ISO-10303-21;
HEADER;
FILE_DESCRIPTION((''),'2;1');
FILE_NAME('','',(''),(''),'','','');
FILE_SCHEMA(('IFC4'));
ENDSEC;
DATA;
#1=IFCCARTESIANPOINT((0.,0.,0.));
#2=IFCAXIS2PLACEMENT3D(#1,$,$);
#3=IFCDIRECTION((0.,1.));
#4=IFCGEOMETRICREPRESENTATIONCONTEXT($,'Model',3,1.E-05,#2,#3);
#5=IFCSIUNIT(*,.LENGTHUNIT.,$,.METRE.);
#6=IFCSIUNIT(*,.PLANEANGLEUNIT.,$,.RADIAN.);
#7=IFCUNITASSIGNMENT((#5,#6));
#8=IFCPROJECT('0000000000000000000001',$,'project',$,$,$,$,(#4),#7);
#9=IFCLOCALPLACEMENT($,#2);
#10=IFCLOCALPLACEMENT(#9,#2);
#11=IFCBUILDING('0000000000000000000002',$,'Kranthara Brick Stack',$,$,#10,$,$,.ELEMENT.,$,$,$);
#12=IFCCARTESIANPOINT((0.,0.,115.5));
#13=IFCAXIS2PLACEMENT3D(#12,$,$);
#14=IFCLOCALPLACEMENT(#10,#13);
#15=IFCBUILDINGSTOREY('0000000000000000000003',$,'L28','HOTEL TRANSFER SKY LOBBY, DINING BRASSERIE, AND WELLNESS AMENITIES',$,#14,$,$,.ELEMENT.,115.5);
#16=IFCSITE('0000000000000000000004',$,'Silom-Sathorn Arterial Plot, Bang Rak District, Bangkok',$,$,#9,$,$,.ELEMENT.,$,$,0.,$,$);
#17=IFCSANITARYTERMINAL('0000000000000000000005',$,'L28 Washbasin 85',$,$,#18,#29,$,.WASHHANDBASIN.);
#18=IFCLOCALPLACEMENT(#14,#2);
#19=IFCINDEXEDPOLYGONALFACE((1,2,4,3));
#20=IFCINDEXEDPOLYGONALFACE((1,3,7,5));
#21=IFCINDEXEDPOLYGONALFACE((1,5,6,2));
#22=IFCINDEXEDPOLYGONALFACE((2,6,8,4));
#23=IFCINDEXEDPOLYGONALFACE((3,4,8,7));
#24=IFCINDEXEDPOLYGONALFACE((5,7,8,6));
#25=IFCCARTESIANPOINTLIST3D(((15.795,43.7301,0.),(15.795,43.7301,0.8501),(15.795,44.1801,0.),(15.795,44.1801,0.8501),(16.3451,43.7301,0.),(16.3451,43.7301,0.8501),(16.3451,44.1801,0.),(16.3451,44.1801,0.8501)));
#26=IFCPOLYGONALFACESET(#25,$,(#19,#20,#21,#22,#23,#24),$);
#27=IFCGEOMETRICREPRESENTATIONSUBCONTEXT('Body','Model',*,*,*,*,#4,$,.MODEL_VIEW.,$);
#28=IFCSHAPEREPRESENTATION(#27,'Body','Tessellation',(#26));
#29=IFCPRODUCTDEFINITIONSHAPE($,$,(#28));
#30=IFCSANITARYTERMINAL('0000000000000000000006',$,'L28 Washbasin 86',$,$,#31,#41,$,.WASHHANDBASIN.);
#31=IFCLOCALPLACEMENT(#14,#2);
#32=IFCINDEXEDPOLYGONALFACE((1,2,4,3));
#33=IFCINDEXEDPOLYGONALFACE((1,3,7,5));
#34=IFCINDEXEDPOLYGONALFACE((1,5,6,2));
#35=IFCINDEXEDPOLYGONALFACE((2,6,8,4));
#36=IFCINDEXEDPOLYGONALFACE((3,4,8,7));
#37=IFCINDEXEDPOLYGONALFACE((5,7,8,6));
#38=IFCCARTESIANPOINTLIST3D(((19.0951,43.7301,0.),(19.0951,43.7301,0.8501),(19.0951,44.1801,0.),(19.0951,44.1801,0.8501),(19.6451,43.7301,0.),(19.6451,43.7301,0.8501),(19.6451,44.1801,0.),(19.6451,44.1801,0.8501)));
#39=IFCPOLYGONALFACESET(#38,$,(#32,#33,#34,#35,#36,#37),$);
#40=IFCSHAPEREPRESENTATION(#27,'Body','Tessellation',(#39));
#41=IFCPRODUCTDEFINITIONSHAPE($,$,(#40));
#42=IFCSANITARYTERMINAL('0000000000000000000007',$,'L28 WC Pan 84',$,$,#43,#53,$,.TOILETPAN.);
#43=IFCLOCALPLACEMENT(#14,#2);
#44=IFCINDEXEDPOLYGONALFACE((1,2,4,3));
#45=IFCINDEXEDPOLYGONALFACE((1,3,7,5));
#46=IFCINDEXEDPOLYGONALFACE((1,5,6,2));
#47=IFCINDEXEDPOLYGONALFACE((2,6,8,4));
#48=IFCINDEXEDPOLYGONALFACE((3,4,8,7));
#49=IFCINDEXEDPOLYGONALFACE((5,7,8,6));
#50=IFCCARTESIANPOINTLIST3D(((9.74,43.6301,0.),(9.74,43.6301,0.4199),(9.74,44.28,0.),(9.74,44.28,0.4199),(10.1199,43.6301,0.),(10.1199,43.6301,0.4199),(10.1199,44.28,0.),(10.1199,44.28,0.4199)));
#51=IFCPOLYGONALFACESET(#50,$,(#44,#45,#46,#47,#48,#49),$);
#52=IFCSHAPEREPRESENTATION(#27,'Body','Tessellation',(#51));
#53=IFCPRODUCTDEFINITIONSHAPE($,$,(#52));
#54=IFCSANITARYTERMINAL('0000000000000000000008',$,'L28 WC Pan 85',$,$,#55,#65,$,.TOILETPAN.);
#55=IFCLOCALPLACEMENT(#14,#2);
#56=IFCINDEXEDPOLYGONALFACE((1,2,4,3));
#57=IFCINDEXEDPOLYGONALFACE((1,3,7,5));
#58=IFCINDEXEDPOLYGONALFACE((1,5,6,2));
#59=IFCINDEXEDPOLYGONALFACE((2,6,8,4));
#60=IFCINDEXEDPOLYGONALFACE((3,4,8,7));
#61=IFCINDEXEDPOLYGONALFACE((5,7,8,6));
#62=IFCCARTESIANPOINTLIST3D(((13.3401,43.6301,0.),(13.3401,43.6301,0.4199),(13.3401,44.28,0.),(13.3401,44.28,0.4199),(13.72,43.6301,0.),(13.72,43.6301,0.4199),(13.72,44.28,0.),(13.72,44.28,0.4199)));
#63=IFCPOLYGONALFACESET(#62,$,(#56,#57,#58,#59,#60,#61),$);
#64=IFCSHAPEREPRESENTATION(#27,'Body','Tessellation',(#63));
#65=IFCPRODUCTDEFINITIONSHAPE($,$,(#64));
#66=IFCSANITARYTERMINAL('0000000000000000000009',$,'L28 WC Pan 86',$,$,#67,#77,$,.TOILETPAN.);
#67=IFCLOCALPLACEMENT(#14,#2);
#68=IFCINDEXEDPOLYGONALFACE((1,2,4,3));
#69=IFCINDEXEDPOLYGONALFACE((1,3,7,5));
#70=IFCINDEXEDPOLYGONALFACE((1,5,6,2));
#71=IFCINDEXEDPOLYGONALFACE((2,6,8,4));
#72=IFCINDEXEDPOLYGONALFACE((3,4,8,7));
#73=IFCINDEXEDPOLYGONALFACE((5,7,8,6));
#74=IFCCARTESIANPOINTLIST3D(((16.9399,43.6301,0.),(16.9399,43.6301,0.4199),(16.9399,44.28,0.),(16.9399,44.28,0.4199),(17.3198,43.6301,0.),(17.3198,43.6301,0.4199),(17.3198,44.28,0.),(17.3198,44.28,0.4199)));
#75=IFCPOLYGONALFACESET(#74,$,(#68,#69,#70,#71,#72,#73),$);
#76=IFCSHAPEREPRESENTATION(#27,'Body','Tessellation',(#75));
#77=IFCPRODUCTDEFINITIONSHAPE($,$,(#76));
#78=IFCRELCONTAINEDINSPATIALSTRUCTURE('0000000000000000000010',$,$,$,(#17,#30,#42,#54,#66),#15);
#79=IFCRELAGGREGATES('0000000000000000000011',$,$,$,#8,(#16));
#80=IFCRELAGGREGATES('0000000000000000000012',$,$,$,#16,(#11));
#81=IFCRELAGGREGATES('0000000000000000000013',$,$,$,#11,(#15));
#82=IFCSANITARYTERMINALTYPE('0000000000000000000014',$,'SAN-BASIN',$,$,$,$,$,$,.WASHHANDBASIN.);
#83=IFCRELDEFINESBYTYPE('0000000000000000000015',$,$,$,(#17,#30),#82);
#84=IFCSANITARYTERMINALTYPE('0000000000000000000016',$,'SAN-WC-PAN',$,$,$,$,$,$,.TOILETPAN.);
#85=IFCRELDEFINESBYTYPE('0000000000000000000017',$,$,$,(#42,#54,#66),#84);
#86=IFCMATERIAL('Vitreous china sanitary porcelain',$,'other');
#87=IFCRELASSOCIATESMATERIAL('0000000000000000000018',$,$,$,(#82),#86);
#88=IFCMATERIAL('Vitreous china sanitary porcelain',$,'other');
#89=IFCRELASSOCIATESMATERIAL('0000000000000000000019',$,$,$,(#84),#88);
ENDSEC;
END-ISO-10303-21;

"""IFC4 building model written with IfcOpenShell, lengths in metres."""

from ifc_helpers import new_model, si_unit, direction, frame, origin, origin_2d, place, context, subcontext, project, spatial, rectangle, extrude, material, type_object, element, save


model = new_model("IFC4")

# Units and contexts
model_context = context("Model", 3, precision=1e-05, world=origin(), true_north=direction((0.0, 1.0)))
body_context = subcontext(model_context, "Body", "Model", "MODEL_VIEW")
ifc_project = project(units=[si_unit("LENGTHUNIT", "METRE"), si_unit("PLANEANGLEUNIT", "RADIAN")], contexts=[model_context])

# Site, building, storey
site_placement = place(None, origin())
site = spatial("IfcSite", under=ifc_project, at=site_placement, Name="Silom-Sathorn Arterial Plot, Bang Rak District, Bangkok", CompositionType="ELEMENT", RefElevation=0.0)
building_placement = place(site_placement, origin())
building = spatial("IfcBuilding", under=site, at=building_placement, Name="Kranthara Brick Stack", CompositionType="ELEMENT")
storey_placement = place(building_placement, frame((0.0, 0.0, 115.5)))
storey = spatial("IfcBuildingStorey", under=building, at=storey_placement, Name="L28", Description="HOTEL TRANSFER SKY LOBBY, DINING BRASSERIE, AND WELLNESS AMENITIES", CompositionType="ELEMENT", Elevation=115.5)

# Sanitary terminals
ifc_material_1 = material(Name="Vitreous china sanitary porcelain", Category="other")
sanitary_terminal_type_1 = type_object("IfcSanitaryTerminalType", Name="SAN-BASIN", PredefinedType="WASHHANDBASIN", material=ifc_material_1)
for number, where, z_axis, x_axis, name in (
    (1, (16.0701, 43.9551, 0.0), (0.0, 0.0, 1.0), (1.0, 0.0, 0.0), "L28 Washbasin 85"),
    (2, (19.3701, 43.9551, 0.0), (0.0, 0.0, 1.0), (1.0, 0.0, 0.0), "L28 Washbasin 86"),
):
    element("IfcSanitaryTerminal", number, at=place(storey_placement, frame(where, z_axis=z_axis, x_axis=x_axis)), inside=storey, type_object=sanitary_terminal_type_1, Name=name, PredefinedType="WASHHANDBASIN", context=body_context, shape_type="SweptSolid", body=[
        extrude(rectangle(XDim=0.55, YDim=0.45, at=origin_2d()), origin(), (0.0, 0.0, 1.0), 0.8501),
    ])
ifc_material_2 = material(Name="Vitreous china sanitary porcelain", Category="other")
sanitary_terminal_type_2 = type_object("IfcSanitaryTerminalType", Name="SAN-WC-PAN", PredefinedType="TOILETPAN", material=ifc_material_2)
for number, where, z_axis, x_axis, name in (
    (3, (9.9299, 43.9551, 0.0), (0.0, 0.0, 1.0), (1.0, 0.0, 0.0), "L28 WC Pan 84"),
    (4, (13.53, 43.9551, 0.0), (0.0, 0.0, 1.0), (1.0, 0.0, 0.0), "L28 WC Pan 85"),
    (5, (17.1299, 43.9551, 0.0), (0.0, 0.0, 1.0), (1.0, 0.0, 0.0), "L28 WC Pan 86"),
):
    element("IfcSanitaryTerminal", number, at=place(storey_placement, frame(where, z_axis=z_axis, x_axis=x_axis)), inside=storey, type_object=sanitary_terminal_type_2, Name=name, PredefinedType="TOILETPAN", context=body_context, shape_type="SweptSolid", body=[
        extrude(rectangle(XDim=0.3799, YDim=0.6499, at=origin_2d()), origin(), (0.0, 0.0, 1.0), 0.4199),
    ])

save(model, "model.ifc")
